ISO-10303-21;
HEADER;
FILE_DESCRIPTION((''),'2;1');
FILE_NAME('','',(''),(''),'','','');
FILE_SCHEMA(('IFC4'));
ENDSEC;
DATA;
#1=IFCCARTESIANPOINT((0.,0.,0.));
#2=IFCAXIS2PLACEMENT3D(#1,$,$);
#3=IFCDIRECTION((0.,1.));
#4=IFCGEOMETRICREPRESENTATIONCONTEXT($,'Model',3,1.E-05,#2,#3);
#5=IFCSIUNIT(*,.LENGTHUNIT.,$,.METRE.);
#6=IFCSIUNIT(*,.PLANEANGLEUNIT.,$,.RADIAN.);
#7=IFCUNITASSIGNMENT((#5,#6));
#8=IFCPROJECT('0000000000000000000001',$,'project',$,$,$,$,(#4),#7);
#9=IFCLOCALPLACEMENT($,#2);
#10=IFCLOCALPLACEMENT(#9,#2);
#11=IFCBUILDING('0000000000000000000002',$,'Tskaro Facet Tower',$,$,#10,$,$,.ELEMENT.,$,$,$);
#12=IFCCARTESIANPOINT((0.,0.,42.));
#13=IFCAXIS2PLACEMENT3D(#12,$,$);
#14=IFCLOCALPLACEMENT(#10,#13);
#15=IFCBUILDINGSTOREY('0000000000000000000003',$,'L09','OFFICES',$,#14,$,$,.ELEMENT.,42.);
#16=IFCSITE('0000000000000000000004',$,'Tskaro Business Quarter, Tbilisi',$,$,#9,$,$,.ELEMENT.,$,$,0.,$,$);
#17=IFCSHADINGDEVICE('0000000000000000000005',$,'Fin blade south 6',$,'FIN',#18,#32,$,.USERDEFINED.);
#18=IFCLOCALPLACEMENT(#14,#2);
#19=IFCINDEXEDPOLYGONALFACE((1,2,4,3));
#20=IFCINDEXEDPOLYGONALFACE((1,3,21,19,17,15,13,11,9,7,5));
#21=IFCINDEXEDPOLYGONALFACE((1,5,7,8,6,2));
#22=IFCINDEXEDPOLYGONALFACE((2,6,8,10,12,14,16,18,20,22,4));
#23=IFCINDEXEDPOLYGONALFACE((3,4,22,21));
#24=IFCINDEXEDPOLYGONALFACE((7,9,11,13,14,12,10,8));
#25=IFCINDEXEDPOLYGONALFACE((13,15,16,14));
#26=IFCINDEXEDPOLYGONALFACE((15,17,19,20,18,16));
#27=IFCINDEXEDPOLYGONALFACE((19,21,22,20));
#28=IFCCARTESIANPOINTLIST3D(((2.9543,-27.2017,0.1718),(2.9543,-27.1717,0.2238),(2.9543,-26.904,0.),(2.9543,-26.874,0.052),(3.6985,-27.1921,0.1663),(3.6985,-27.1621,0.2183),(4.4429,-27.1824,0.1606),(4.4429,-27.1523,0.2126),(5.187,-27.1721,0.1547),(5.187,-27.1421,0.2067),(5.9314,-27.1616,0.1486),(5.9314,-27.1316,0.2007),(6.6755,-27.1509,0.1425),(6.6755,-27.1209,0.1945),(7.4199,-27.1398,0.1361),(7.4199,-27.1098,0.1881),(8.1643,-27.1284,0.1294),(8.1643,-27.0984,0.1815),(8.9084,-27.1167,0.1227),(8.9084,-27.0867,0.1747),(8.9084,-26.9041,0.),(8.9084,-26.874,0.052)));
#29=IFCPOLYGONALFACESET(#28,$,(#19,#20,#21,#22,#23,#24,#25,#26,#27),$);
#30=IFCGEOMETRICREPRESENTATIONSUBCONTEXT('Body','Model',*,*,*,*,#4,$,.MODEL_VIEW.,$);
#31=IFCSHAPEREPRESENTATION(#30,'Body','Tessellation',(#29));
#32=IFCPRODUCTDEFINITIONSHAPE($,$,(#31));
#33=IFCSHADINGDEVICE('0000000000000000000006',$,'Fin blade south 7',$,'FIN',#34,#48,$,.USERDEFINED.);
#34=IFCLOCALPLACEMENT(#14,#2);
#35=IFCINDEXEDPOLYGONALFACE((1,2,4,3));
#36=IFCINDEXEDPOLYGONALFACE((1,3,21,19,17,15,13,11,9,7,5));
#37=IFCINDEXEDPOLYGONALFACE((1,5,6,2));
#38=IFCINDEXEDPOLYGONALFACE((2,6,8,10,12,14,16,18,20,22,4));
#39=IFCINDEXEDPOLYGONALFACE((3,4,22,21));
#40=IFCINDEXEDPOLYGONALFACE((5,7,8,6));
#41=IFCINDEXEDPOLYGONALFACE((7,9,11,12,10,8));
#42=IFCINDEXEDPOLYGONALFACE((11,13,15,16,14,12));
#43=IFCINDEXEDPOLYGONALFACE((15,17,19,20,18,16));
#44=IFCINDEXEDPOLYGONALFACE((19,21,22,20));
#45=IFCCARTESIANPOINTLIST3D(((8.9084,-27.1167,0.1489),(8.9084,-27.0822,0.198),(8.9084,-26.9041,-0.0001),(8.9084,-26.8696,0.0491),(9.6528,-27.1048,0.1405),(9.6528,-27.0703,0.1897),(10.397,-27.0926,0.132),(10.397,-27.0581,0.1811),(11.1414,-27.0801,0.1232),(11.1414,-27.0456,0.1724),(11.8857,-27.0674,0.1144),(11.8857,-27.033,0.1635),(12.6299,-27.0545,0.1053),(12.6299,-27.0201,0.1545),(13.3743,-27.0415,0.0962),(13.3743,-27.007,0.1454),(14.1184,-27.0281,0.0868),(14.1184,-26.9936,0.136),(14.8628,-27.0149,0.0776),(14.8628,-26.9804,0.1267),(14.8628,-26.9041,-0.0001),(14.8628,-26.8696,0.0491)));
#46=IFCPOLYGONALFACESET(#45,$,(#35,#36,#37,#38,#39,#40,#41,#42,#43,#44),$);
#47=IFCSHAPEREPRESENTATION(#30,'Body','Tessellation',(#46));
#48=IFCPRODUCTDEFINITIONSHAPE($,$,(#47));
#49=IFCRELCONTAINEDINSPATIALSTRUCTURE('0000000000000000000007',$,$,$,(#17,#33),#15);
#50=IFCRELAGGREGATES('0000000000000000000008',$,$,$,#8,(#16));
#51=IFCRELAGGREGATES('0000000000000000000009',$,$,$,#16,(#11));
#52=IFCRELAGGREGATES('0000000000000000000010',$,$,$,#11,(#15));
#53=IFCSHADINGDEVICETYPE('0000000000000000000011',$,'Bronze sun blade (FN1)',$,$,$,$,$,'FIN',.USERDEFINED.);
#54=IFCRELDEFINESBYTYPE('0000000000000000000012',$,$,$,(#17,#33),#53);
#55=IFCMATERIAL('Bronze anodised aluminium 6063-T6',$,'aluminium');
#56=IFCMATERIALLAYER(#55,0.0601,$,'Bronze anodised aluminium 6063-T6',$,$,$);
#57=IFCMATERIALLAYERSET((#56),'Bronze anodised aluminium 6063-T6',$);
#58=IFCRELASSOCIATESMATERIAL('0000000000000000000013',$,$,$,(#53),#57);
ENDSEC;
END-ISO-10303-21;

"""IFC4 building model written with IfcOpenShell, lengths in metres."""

from ifc_helpers import new_model, si_unit, direction, frame, origin, place, context, subcontext, project, spatial, polyline, outline, extrude, material, layer, layer_set, type_object, element, save


model = new_model("IFC4")

# Units and contexts
model_context = context("Model", 3, precision=1e-05, world=origin(), true_north=direction((0.0, 1.0)))
body_context = subcontext(model_context, "Body", "Model", "MODEL_VIEW")
ifc_project = project(units=[si_unit("LENGTHUNIT", "METRE"), si_unit("PLANEANGLEUNIT", "RADIAN")], contexts=[model_context])

# Site, building, storey
site_placement = place(None, origin())
site = spatial("IfcSite", under=ifc_project, at=site_placement, Name="Tskaro Business Quarter, Tbilisi", CompositionType="ELEMENT", RefElevation=0.0)
building_placement = place(site_placement, origin())
building = spatial("IfcBuilding", under=site, at=building_placement, Name="Tskaro Facet Tower", CompositionType="ELEMENT")
storey_placement = place(building_placement, frame((0.0, 0.0, 42.0)))
storey = spatial("IfcBuildingStorey", under=building, at=storey_placement, Name="L09", Description="OFFICES", CompositionType="ELEMENT", Elevation=42.0)

# Shared definitions
ifc_material_1 = material(Name="Bronze anodised aluminium 6063-T6", Category="aluminium")

# Shading devices
ifc_layer_1 = layer(ifc_material_1, 0.0601, Name="Bronze anodised aluminium 6063-T6")
ifc_layer_set_1 = layer_set([ifc_layer_1], Name="Bronze anodised aluminium 6063-T6")
shading_device_type = type_object("IfcShadingDeviceType", Name="Bronze sun blade (FN1)", ElementType="FIN", PredefinedType="USERDEFINED", material=ifc_layer_set_1)
shading_device_1_placement = place(storey_placement, frame((2.9543, -26.874, 0.052), z_axis=(0.000004, 0.499898, 0.866084), x_axis=(1.0, -0.000002, -0.000004)))
element("IfcShadingDevice", 1, at=shading_device_1_placement, inside=storey, type_object=shading_device_type, Name="Fin blade south 6", ObjectType="FIN", PredefinedType="USERDEFINED", context=body_context, shape_type="SweptSolid", body=[
    extrude(outline(polyline([(0.0, 0.0), (5.9541, 0.0), (5.9541, -0.2456), (5.21, -0.259), (4.4656, -0.2722), (3.7212, -0.285), (2.9771, -0.2974), (2.2327, -0.3095), (1.4885, -0.3214), (0.7441, -0.3326), (0.0, -0.3437), (0.0, 0.0)])), origin(), (0.0, 0.0, -1.0), 0.0601),
])
shading_device_2_placement = place(storey_placement, frame((8.9084, -26.8696, 0.0491), z_axis=(-0.000005, 0.573828, 0.818976), x_axis=(1.0, 0.000003, 0.000004)))
element("IfcShadingDevice", 2, at=shading_device_2_placement, inside=storey, type_object=shading_device_type, Name="Fin blade south 7", ObjectType="FIN", PredefinedType="USERDEFINED", context=body_context, shape_type="SweptSolid", body=[
    extrude(outline(polyline([(0.0, 0.0), (5.9543, 0.0), (5.9543, -0.1353), (5.21, -0.1514), (4.4658, -0.1678), (3.7214, -0.1837), (2.9773, -0.1995), (2.2329, -0.2149), (1.4885, -0.2301), (0.7444, -0.245), (0.0, -0.2596), (0.0, 0.0)])), origin(), (0.0, 0.0, -1.0), 0.0601),
])

save(model, "model.ifc")
